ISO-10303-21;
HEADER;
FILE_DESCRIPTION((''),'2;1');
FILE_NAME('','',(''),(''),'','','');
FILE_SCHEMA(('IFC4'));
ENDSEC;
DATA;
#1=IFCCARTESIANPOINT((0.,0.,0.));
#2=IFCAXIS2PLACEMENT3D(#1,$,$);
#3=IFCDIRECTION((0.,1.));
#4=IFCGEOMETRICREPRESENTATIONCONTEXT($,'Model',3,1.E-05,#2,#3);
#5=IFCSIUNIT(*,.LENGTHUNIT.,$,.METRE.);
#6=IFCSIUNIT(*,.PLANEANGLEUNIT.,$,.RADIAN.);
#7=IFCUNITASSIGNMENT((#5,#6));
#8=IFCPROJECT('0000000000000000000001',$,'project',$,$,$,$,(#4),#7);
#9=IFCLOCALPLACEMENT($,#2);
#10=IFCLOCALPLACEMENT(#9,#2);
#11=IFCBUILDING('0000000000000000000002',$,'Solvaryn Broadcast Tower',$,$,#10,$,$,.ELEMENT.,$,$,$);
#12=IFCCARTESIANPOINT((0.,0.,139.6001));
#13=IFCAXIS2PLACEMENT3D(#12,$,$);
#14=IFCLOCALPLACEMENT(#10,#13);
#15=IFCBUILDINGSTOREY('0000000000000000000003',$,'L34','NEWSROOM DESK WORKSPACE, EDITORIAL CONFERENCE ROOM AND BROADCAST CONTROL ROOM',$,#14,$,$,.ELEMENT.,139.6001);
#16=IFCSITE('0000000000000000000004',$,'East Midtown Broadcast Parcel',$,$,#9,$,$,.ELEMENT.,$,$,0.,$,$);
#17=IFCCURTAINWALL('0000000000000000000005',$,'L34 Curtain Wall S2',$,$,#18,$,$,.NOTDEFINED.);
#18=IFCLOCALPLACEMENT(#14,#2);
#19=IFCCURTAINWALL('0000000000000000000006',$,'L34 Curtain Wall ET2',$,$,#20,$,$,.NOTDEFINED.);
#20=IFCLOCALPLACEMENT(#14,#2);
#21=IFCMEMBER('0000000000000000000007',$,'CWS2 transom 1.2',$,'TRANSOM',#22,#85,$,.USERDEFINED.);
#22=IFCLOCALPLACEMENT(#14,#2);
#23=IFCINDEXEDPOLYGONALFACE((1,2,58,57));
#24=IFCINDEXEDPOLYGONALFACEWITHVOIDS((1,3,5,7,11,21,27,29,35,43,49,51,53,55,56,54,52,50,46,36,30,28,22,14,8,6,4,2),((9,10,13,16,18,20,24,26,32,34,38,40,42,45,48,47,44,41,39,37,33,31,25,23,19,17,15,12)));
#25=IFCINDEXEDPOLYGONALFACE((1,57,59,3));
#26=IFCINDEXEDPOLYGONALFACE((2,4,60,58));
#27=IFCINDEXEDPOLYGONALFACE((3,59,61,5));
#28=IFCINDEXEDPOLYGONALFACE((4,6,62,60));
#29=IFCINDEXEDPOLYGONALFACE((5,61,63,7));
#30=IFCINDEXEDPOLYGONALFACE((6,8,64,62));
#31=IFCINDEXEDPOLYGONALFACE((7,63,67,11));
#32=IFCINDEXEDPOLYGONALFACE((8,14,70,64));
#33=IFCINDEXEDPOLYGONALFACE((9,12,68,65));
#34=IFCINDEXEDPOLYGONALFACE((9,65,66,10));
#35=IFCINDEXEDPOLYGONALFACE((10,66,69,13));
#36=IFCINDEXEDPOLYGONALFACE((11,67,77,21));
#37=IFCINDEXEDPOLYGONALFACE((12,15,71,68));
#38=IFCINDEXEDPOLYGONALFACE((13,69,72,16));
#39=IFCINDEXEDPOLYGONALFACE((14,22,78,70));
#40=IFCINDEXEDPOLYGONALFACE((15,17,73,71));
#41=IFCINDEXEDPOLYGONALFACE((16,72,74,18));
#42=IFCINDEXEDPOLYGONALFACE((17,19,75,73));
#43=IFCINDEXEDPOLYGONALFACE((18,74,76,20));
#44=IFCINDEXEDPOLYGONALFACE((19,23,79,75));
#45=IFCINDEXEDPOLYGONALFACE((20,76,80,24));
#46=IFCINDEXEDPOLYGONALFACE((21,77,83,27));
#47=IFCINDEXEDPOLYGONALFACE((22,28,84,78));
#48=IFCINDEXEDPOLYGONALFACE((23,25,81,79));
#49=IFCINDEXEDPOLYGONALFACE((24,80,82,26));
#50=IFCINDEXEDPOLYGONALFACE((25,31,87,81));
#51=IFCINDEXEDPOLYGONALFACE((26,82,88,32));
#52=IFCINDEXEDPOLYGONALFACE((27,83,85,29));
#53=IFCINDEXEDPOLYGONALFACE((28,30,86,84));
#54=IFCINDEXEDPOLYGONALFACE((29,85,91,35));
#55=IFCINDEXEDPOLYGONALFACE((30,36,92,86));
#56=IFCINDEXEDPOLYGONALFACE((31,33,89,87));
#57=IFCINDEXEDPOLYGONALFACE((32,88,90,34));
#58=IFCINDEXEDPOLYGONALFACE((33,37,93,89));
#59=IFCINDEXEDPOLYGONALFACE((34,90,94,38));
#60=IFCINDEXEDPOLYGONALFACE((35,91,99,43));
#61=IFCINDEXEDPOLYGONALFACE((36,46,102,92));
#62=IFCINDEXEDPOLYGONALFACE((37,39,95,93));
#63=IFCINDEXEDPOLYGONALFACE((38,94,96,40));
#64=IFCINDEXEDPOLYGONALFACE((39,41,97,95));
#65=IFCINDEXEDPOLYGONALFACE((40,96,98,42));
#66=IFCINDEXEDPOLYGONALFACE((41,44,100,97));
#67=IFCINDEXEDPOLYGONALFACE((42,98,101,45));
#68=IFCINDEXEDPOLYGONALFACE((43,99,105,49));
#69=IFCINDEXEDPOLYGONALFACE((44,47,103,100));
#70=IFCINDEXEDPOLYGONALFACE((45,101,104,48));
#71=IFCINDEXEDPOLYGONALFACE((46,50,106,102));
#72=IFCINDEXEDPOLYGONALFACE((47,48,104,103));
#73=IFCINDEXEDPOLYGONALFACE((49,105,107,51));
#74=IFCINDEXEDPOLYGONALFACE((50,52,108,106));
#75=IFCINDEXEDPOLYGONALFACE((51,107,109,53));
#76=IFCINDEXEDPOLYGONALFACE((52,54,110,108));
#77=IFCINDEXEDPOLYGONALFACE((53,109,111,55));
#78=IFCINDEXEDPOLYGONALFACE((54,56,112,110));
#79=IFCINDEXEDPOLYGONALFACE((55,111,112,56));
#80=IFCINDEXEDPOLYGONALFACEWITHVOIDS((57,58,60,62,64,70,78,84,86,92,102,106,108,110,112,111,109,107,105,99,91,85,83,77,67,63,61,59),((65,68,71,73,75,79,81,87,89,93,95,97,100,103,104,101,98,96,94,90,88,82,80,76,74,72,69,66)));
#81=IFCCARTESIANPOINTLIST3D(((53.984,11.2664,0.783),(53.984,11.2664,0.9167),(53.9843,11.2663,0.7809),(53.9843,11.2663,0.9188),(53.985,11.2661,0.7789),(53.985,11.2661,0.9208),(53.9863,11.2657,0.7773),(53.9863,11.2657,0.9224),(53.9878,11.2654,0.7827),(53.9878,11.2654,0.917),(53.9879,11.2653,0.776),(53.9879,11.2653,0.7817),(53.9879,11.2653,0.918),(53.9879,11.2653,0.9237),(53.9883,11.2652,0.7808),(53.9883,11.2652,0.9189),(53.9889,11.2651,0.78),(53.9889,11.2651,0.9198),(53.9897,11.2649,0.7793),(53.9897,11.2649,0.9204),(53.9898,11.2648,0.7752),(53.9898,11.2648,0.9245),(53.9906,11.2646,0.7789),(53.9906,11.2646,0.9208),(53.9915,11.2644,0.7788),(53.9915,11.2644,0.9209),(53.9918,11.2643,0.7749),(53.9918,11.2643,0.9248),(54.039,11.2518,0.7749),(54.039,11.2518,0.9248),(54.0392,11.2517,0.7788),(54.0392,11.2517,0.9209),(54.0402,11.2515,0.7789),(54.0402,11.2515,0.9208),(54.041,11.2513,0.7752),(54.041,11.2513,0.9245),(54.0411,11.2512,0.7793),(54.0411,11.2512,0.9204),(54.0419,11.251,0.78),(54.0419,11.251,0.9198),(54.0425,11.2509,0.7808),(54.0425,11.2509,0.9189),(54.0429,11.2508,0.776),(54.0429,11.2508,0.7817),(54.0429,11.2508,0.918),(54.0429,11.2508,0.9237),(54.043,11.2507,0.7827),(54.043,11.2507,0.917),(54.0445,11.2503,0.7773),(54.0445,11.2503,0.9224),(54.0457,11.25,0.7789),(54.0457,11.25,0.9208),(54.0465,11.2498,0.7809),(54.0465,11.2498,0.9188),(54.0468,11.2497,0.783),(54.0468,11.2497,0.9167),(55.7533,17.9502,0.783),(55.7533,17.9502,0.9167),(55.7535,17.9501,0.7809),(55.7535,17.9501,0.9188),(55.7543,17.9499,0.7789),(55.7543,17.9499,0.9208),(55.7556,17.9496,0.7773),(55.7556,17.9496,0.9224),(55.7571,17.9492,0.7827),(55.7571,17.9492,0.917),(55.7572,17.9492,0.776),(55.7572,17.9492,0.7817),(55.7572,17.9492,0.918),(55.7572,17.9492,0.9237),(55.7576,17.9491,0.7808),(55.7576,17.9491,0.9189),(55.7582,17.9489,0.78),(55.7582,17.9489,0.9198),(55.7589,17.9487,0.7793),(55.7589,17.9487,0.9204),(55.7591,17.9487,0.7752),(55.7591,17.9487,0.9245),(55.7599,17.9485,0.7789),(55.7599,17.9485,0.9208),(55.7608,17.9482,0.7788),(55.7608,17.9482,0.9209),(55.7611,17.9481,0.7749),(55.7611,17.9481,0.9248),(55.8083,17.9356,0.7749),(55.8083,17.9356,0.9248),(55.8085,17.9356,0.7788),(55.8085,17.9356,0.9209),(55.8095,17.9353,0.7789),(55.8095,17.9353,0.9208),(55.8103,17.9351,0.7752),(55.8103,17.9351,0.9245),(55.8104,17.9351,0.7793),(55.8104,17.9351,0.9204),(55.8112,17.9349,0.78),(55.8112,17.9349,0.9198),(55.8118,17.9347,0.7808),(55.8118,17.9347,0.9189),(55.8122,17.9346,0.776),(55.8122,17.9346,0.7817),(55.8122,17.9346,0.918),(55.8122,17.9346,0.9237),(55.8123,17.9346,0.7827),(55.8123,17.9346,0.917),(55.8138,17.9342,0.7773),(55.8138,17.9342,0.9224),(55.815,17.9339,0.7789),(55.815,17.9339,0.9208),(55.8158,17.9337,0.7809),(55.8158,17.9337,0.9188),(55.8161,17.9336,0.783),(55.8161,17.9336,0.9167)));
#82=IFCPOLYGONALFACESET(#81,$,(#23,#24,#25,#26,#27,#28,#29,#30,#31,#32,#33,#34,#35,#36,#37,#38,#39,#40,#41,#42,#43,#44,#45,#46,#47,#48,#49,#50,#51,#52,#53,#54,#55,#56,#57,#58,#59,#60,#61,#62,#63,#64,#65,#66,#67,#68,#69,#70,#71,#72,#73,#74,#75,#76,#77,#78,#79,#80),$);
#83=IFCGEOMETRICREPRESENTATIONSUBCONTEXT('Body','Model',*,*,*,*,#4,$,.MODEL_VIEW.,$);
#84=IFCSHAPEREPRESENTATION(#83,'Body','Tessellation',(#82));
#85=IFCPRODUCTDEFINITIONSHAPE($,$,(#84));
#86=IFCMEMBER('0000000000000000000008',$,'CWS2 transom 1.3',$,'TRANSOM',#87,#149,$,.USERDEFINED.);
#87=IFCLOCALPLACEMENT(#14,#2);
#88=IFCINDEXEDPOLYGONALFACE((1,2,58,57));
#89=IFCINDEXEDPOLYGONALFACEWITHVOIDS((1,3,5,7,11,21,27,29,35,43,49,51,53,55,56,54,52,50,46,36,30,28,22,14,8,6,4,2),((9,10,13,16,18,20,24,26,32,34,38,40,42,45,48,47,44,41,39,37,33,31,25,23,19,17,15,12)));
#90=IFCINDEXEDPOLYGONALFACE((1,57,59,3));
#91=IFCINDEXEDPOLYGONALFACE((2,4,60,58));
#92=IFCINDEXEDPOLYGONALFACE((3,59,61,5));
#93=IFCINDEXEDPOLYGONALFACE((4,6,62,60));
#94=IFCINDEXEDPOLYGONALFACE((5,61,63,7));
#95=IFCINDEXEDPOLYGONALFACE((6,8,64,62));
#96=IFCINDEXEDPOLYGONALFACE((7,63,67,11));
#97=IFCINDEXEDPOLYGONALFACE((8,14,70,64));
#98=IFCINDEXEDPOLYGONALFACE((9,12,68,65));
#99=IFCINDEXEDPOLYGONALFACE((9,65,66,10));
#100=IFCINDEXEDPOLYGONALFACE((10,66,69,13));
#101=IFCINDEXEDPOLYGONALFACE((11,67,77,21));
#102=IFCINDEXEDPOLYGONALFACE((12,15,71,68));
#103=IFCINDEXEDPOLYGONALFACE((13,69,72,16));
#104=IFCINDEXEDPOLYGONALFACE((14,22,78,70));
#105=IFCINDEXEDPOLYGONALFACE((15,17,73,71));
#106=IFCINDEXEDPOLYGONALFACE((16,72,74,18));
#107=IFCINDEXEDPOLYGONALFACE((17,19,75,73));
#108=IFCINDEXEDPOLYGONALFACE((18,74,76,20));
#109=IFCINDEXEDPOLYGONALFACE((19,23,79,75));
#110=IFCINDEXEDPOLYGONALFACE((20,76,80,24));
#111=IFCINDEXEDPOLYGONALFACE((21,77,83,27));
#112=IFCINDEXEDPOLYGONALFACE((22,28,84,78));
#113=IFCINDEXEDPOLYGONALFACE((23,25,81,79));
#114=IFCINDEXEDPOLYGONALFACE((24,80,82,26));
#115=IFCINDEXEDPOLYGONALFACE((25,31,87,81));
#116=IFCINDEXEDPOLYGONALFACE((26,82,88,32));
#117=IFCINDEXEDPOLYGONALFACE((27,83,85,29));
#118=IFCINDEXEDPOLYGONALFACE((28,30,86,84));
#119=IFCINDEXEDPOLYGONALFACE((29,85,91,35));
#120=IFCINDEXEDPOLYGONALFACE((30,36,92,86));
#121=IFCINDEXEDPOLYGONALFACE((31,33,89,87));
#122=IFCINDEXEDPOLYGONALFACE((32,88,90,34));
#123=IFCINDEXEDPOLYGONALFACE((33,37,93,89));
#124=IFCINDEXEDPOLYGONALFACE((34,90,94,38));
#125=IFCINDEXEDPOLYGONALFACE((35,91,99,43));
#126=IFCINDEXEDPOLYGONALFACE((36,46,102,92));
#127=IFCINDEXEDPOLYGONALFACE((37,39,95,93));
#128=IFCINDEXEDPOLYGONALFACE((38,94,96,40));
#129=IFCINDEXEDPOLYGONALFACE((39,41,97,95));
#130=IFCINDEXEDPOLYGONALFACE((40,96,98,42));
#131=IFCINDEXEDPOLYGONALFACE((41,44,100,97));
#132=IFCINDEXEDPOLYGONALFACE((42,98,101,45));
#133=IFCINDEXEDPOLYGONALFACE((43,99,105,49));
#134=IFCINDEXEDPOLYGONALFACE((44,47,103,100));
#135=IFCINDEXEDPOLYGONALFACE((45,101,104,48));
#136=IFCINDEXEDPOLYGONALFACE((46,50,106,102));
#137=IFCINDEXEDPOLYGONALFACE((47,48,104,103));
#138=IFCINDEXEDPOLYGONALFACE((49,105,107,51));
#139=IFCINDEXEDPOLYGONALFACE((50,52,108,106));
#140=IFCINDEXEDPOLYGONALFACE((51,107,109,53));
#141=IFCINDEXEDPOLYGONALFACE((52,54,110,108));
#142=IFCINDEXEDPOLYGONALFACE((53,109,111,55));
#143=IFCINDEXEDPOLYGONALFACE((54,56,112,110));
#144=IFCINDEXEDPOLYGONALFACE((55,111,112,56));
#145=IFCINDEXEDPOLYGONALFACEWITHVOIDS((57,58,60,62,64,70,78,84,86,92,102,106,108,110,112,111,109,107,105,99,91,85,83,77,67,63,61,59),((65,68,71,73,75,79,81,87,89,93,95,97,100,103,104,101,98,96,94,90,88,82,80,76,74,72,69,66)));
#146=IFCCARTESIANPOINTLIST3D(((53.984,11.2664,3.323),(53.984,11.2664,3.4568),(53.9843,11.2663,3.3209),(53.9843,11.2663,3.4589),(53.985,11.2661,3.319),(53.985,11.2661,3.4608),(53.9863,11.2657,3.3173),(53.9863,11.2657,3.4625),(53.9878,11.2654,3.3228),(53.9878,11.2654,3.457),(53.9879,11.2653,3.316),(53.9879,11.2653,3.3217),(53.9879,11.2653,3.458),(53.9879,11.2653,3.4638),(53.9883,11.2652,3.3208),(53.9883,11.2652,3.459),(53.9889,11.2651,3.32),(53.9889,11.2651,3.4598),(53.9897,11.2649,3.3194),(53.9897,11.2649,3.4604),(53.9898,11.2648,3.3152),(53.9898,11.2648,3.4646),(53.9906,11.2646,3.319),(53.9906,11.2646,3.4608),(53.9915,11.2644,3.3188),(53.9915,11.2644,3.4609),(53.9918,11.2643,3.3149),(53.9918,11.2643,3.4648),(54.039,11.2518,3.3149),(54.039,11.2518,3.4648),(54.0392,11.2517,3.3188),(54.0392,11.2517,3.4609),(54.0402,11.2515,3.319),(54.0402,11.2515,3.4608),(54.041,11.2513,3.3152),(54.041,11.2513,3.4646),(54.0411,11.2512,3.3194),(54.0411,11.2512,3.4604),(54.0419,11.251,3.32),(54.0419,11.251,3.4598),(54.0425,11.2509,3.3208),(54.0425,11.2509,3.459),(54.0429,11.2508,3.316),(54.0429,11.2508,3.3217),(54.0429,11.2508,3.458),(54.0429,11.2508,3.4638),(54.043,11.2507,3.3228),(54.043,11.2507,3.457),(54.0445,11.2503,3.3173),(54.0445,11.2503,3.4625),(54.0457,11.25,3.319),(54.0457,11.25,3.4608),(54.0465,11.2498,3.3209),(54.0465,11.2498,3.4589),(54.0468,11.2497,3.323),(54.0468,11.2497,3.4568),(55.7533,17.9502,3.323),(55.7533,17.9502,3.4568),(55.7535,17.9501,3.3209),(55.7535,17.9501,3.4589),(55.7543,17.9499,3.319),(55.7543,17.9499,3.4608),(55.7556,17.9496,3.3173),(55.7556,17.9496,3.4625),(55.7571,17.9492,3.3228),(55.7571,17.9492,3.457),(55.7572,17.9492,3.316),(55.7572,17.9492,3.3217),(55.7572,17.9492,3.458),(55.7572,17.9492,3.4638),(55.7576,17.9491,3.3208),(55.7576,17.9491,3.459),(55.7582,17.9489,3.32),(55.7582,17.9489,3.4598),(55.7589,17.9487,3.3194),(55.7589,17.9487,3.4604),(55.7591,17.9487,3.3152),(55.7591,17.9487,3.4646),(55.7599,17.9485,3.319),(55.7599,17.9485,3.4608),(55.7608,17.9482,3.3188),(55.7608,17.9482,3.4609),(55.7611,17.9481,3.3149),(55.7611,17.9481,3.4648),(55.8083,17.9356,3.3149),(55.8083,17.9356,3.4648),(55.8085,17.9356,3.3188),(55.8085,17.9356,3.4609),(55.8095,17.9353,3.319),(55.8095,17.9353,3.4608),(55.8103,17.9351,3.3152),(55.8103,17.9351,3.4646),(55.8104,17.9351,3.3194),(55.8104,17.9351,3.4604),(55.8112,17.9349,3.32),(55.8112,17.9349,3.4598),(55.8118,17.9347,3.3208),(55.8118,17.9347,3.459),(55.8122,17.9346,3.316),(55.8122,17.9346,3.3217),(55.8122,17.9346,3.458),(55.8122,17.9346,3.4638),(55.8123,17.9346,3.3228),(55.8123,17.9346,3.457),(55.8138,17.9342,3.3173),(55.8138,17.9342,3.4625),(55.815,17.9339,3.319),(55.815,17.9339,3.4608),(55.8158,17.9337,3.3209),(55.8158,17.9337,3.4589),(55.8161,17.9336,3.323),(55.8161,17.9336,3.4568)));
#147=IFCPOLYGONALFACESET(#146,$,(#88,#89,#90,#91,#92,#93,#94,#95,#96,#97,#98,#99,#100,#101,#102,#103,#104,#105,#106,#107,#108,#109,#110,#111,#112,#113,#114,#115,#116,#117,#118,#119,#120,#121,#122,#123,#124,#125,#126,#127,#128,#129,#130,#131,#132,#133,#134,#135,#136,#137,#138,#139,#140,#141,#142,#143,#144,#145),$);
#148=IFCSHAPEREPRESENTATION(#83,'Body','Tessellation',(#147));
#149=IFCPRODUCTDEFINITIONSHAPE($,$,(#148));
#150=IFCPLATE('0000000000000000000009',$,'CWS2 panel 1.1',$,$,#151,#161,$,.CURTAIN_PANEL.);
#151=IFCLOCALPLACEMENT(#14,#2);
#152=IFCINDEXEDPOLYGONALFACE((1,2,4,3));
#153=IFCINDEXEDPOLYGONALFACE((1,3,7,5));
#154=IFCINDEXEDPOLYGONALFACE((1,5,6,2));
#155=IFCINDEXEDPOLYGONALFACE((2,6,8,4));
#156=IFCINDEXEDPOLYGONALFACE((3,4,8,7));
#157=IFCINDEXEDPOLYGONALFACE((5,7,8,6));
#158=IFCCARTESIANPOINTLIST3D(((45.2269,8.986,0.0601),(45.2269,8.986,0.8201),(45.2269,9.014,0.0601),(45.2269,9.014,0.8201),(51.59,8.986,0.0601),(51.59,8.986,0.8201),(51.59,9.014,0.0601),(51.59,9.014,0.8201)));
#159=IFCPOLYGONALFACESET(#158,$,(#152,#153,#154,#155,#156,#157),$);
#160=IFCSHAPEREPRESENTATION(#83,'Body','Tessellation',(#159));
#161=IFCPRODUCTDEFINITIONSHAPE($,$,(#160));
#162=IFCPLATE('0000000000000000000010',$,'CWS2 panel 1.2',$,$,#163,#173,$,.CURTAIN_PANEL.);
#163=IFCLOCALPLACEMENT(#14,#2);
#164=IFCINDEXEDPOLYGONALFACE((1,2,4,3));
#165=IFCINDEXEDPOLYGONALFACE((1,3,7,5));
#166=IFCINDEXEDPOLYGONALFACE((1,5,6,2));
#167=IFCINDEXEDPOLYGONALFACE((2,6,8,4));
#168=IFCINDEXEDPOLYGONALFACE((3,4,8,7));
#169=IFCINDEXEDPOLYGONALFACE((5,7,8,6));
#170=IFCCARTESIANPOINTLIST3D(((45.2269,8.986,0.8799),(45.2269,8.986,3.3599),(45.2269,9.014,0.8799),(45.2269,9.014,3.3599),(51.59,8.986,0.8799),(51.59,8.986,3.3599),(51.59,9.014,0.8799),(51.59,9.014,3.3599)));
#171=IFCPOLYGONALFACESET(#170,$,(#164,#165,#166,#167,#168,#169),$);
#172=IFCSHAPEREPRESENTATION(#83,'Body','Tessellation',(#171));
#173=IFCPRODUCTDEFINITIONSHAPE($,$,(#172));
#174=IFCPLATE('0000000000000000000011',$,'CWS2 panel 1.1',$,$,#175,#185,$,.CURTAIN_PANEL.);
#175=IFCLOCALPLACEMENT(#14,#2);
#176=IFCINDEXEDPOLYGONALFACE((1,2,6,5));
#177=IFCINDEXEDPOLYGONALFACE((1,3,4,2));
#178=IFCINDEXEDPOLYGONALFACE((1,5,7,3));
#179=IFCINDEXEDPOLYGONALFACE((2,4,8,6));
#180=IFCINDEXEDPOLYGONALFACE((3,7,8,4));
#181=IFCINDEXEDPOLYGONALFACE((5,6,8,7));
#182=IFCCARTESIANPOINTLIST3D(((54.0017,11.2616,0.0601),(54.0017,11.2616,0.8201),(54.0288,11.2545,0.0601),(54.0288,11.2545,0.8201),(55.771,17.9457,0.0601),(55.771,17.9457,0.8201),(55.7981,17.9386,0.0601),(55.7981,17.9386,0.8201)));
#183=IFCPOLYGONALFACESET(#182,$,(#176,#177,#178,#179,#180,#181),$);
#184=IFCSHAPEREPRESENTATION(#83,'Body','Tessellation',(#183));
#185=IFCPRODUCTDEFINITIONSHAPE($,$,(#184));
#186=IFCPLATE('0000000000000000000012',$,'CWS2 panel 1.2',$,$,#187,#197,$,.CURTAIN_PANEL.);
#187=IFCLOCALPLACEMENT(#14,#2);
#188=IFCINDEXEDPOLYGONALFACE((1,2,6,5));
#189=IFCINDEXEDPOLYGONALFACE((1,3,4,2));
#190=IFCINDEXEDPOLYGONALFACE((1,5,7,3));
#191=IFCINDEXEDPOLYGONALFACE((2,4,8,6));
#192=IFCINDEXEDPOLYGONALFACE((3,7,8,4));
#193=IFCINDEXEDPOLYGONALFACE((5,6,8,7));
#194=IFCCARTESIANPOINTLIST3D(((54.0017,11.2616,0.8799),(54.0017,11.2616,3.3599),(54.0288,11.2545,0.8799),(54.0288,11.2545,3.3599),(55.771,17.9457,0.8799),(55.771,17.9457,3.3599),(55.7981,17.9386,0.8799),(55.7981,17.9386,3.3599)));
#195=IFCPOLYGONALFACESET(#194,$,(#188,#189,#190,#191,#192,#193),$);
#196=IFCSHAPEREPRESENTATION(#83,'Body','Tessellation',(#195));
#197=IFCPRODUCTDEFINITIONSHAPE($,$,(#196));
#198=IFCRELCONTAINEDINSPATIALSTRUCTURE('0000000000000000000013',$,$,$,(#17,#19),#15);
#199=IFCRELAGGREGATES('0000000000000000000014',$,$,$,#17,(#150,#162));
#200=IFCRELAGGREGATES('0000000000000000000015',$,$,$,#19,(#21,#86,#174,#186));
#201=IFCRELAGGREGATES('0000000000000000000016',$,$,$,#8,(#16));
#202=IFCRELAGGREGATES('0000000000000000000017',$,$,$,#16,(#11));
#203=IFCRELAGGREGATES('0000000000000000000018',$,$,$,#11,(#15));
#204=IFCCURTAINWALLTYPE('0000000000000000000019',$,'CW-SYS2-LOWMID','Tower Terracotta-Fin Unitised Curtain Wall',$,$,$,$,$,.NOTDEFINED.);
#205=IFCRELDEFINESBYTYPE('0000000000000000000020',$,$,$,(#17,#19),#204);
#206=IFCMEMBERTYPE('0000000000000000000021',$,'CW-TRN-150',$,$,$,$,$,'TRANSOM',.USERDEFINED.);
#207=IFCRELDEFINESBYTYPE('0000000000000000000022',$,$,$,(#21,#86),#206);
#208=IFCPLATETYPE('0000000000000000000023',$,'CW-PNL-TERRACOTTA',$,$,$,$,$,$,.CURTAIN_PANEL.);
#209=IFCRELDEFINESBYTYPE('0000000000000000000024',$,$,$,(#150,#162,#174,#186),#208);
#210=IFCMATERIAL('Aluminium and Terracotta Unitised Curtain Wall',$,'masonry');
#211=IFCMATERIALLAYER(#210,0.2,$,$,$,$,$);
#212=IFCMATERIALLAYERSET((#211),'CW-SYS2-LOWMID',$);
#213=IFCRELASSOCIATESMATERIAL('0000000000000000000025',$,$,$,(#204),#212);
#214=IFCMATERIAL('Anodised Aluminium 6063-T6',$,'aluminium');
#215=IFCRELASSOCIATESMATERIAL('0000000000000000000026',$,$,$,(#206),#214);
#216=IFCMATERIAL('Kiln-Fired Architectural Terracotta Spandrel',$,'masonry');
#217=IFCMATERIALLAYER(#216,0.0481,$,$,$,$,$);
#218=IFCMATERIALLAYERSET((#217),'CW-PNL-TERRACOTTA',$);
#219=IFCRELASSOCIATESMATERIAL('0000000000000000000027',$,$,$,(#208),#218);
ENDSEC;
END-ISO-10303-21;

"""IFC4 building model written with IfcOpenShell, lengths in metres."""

from ifc_helpers import new_model, si_unit, direction, frame, origin, origin_2d, place, context, subcontext, project, spatial, rectangle, hollow_rectangle, extrude, material, layer, layer_set, material_profile, profile_set, type_object, element, aggregate, save


model = new_model("IFC4")

# Units and contexts
model_context = context("Model", 3, precision=1e-05, world=origin(), true_north=direction((0.0, 1.0)))
body_context = subcontext(model_context, "Body", "Model", "MODEL_VIEW")
ifc_project = project(units=[si_unit("LENGTHUNIT", "METRE"), si_unit("PLANEANGLEUNIT", "RADIAN")], contexts=[model_context])

# Site, building, storey
site_placement = place(None, origin())
site = spatial("IfcSite", under=ifc_project, at=site_placement, Name="East Midtown Broadcast Parcel", CompositionType="ELEMENT", RefElevation=0.0)
building_placement = place(site_placement, origin())
building = spatial("IfcBuilding", under=site, at=building_placement, Name="Solvaryn Broadcast Tower", CompositionType="ELEMENT")
storey_placement = place(building_placement, frame((0.0, 0.0, 139.6001)))
storey = spatial("IfcBuildingStorey", under=building, at=storey_placement, Name="L34", Description="NEWSROOM DESK WORKSPACE, EDITORIAL CONFERENCE ROOM AND BROADCAST CONTROL ROOM", CompositionType="ELEMENT", Elevation=139.6001)

# Curtain wall
ifc_material_1 = material(Name="Aluminium and Terracotta Unitised Curtain Wall", Category="masonry")
ifc_layer_1 = layer(ifc_material_1, 0.2)
ifc_layer_set_1 = layer_set([ifc_layer_1], Name="CW-SYS2-LOWMID")
curtain_wall_type = type_object("IfcCurtainWallType", Name="CW-SYS2-LOWMID", Description="Tower Terracotta-Fin Unitised Curtain Wall", PredefinedType="NOTDEFINED", material=ifc_layer_set_1)
curtain_wall_1_placement = place(storey_placement, origin())
curtain_wall_1 = element("IfcCurtainWall", 1, at=curtain_wall_1_placement, inside=storey, type_object=curtain_wall_type, Name="L34 Curtain Wall S2", PredefinedType="NOTDEFINED")

# Curtain wall
curtain_wall_2_placement = place(storey_placement, origin())
curtain_wall_2 = element("IfcCurtainWall", 2, at=curtain_wall_2_placement, inside=storey, type_object=curtain_wall_type, Name="L34 Curtain Wall ET2", PredefinedType="NOTDEFINED")

# Members
ifc_material_2 = material(Name="Anodised Aluminium 6063-T6", Category="aluminium")
ifc_material_profile_1 = material_profile(ifc_material_2, hollow_rectangle(XDim=0.0649, YDim=0.1499, WallThickness=0.0039, InnerFilletRadius=0.0039, OuterFilletRadius=0.0081, at=origin_2d()))
ifc_profile_set_1 = profile_set([ifc_material_profile_1], Name="Anodised Aluminium 6063-T6")
member_type_1 = type_object("IfcMemberType", Name="CW-TRN-150", ElementType="TRANSOM", PredefinedType="USERDEFINED", material=ifc_profile_set_1)
member_1_placement = place(storey_placement, frame((55.7847, 17.9419, 0.8499), z_axis=(-0.255897, -0.966704, 0.0), x_axis=(0.966704, -0.255897, 0.0)))
member_1 = element("IfcMember", 3, at=member_1_placement, type_object=member_type_1, Name="CWS2 transom 1.2", ObjectType="TRANSOM", PredefinedType="USERDEFINED", context=body_context, shape_type="SweptSolid", body=[
    extrude(hollow_rectangle(XDim=0.0649, YDim=0.1499, WallThickness=0.0039, InnerFilletRadius=0.0039, OuterFilletRadius=0.0081, at=origin_2d()), origin(), (0.0, 0.0, 1.0), 6.9141),
])
member_2_placement = place(storey_placement, frame((55.7847, 17.9419, 3.3899), z_axis=(-0.255897, -0.966704, 0.0), x_axis=(0.966704, -0.255897, 0.0)))
member_2 = element("IfcMember", 4, at=member_2_placement, type_object=member_type_1, Name="CWS2 transom 1.3", ObjectType="TRANSOM", PredefinedType="USERDEFINED", context=body_context, shape_type="SweptSolid", body=[
    extrude(hollow_rectangle(XDim=0.0649, YDim=0.1499, WallThickness=0.0039, InnerFilletRadius=0.0039, OuterFilletRadius=0.0081, at=origin_2d()), origin(), (0.0, 0.0, 1.0), 6.9141),
])

# Plates
ifc_material_3 = material(Name="Kiln-Fired Architectural Terracotta Spandrel", Category="masonry")
ifc_layer_2 = layer(ifc_material_3, 0.0481)
ifc_layer_set_2 = layer_set([ifc_layer_2], Name="CW-PNL-TERRACOTTA")
plate_type = type_object("IfcPlateType", Name="CW-PNL-TERRACOTTA", PredefinedType="CURTAIN_PANEL", material=ifc_layer_set_2)
plate_1_placement = place(storey_placement, frame((48.4084, 9.0, 0.0601), z_axis=(0.0, 0.0, 1.0), x_axis=(1.0, 0.0, 0.0)))
plate_1 = element("IfcPlate", 5, at=plate_1_placement, type_object=plate_type, Name="CWS2 panel 1.1", PredefinedType="CURTAIN_PANEL", context=body_context, shape_type="SweptSolid", body=[
    extrude(rectangle(XDim=6.363, YDim=0.0281, at=origin_2d()), origin(), (0.0, 0.0, 1.0), 0.76),
])
plate_2_placement = place(storey_placement, frame((48.4084, 9.0, 0.8799), z_axis=(0.0, 0.0, 1.0), x_axis=(1.0, 0.0, 0.0)))
plate_2 = element("IfcPlate", 6, at=plate_2_placement, type_object=plate_type, Name="CWS2 panel 1.2", PredefinedType="CURTAIN_PANEL", context=body_context, shape_type="SweptSolid", body=[
    extrude(rectangle(XDim=6.363, YDim=0.0281, at=origin_2d()), origin(), (0.0, 0.0, 1.0), 2.48),
])
aggregate(curtain_wall_1, [plate_1, plate_2])
plate_3_placement = place(storey_placement, frame((54.8999, 14.6001, 0.0601), z_axis=(0.0, 0.0, 1.0), x_axis=(-0.255893, -0.966705, 0.0)))
plate_3 = element("IfcPlate", 7, at=plate_3_placement, type_object=plate_type, Name="CWS2 panel 1.1", PredefinedType="CURTAIN_PANEL", context=body_context, shape_type="SweptSolid", body=[
    extrude(rectangle(XDim=6.9143, YDim=0.0281, at=origin_2d()), origin(), (0.0, 0.0, 1.0), 0.76),
])
plate_4_placement = place(storey_placement, frame((54.8999, 14.6001, 0.8799), z_axis=(0.0, 0.0, 1.0), x_axis=(-0.255893, -0.966705, 0.0)))
plate_4 = element("IfcPlate", 8, at=plate_4_placement, type_object=plate_type, Name="CWS2 panel 1.2", PredefinedType="CURTAIN_PANEL", context=body_context, shape_type="SweptSolid", body=[
    extrude(rectangle(XDim=6.9143, YDim=0.0281, at=origin_2d()), origin(), (0.0, 0.0, 1.0), 2.48),
])
aggregate(curtain_wall_2, [member_1, member_2, plate_3, plate_4])

save(model, "model.ifc")
